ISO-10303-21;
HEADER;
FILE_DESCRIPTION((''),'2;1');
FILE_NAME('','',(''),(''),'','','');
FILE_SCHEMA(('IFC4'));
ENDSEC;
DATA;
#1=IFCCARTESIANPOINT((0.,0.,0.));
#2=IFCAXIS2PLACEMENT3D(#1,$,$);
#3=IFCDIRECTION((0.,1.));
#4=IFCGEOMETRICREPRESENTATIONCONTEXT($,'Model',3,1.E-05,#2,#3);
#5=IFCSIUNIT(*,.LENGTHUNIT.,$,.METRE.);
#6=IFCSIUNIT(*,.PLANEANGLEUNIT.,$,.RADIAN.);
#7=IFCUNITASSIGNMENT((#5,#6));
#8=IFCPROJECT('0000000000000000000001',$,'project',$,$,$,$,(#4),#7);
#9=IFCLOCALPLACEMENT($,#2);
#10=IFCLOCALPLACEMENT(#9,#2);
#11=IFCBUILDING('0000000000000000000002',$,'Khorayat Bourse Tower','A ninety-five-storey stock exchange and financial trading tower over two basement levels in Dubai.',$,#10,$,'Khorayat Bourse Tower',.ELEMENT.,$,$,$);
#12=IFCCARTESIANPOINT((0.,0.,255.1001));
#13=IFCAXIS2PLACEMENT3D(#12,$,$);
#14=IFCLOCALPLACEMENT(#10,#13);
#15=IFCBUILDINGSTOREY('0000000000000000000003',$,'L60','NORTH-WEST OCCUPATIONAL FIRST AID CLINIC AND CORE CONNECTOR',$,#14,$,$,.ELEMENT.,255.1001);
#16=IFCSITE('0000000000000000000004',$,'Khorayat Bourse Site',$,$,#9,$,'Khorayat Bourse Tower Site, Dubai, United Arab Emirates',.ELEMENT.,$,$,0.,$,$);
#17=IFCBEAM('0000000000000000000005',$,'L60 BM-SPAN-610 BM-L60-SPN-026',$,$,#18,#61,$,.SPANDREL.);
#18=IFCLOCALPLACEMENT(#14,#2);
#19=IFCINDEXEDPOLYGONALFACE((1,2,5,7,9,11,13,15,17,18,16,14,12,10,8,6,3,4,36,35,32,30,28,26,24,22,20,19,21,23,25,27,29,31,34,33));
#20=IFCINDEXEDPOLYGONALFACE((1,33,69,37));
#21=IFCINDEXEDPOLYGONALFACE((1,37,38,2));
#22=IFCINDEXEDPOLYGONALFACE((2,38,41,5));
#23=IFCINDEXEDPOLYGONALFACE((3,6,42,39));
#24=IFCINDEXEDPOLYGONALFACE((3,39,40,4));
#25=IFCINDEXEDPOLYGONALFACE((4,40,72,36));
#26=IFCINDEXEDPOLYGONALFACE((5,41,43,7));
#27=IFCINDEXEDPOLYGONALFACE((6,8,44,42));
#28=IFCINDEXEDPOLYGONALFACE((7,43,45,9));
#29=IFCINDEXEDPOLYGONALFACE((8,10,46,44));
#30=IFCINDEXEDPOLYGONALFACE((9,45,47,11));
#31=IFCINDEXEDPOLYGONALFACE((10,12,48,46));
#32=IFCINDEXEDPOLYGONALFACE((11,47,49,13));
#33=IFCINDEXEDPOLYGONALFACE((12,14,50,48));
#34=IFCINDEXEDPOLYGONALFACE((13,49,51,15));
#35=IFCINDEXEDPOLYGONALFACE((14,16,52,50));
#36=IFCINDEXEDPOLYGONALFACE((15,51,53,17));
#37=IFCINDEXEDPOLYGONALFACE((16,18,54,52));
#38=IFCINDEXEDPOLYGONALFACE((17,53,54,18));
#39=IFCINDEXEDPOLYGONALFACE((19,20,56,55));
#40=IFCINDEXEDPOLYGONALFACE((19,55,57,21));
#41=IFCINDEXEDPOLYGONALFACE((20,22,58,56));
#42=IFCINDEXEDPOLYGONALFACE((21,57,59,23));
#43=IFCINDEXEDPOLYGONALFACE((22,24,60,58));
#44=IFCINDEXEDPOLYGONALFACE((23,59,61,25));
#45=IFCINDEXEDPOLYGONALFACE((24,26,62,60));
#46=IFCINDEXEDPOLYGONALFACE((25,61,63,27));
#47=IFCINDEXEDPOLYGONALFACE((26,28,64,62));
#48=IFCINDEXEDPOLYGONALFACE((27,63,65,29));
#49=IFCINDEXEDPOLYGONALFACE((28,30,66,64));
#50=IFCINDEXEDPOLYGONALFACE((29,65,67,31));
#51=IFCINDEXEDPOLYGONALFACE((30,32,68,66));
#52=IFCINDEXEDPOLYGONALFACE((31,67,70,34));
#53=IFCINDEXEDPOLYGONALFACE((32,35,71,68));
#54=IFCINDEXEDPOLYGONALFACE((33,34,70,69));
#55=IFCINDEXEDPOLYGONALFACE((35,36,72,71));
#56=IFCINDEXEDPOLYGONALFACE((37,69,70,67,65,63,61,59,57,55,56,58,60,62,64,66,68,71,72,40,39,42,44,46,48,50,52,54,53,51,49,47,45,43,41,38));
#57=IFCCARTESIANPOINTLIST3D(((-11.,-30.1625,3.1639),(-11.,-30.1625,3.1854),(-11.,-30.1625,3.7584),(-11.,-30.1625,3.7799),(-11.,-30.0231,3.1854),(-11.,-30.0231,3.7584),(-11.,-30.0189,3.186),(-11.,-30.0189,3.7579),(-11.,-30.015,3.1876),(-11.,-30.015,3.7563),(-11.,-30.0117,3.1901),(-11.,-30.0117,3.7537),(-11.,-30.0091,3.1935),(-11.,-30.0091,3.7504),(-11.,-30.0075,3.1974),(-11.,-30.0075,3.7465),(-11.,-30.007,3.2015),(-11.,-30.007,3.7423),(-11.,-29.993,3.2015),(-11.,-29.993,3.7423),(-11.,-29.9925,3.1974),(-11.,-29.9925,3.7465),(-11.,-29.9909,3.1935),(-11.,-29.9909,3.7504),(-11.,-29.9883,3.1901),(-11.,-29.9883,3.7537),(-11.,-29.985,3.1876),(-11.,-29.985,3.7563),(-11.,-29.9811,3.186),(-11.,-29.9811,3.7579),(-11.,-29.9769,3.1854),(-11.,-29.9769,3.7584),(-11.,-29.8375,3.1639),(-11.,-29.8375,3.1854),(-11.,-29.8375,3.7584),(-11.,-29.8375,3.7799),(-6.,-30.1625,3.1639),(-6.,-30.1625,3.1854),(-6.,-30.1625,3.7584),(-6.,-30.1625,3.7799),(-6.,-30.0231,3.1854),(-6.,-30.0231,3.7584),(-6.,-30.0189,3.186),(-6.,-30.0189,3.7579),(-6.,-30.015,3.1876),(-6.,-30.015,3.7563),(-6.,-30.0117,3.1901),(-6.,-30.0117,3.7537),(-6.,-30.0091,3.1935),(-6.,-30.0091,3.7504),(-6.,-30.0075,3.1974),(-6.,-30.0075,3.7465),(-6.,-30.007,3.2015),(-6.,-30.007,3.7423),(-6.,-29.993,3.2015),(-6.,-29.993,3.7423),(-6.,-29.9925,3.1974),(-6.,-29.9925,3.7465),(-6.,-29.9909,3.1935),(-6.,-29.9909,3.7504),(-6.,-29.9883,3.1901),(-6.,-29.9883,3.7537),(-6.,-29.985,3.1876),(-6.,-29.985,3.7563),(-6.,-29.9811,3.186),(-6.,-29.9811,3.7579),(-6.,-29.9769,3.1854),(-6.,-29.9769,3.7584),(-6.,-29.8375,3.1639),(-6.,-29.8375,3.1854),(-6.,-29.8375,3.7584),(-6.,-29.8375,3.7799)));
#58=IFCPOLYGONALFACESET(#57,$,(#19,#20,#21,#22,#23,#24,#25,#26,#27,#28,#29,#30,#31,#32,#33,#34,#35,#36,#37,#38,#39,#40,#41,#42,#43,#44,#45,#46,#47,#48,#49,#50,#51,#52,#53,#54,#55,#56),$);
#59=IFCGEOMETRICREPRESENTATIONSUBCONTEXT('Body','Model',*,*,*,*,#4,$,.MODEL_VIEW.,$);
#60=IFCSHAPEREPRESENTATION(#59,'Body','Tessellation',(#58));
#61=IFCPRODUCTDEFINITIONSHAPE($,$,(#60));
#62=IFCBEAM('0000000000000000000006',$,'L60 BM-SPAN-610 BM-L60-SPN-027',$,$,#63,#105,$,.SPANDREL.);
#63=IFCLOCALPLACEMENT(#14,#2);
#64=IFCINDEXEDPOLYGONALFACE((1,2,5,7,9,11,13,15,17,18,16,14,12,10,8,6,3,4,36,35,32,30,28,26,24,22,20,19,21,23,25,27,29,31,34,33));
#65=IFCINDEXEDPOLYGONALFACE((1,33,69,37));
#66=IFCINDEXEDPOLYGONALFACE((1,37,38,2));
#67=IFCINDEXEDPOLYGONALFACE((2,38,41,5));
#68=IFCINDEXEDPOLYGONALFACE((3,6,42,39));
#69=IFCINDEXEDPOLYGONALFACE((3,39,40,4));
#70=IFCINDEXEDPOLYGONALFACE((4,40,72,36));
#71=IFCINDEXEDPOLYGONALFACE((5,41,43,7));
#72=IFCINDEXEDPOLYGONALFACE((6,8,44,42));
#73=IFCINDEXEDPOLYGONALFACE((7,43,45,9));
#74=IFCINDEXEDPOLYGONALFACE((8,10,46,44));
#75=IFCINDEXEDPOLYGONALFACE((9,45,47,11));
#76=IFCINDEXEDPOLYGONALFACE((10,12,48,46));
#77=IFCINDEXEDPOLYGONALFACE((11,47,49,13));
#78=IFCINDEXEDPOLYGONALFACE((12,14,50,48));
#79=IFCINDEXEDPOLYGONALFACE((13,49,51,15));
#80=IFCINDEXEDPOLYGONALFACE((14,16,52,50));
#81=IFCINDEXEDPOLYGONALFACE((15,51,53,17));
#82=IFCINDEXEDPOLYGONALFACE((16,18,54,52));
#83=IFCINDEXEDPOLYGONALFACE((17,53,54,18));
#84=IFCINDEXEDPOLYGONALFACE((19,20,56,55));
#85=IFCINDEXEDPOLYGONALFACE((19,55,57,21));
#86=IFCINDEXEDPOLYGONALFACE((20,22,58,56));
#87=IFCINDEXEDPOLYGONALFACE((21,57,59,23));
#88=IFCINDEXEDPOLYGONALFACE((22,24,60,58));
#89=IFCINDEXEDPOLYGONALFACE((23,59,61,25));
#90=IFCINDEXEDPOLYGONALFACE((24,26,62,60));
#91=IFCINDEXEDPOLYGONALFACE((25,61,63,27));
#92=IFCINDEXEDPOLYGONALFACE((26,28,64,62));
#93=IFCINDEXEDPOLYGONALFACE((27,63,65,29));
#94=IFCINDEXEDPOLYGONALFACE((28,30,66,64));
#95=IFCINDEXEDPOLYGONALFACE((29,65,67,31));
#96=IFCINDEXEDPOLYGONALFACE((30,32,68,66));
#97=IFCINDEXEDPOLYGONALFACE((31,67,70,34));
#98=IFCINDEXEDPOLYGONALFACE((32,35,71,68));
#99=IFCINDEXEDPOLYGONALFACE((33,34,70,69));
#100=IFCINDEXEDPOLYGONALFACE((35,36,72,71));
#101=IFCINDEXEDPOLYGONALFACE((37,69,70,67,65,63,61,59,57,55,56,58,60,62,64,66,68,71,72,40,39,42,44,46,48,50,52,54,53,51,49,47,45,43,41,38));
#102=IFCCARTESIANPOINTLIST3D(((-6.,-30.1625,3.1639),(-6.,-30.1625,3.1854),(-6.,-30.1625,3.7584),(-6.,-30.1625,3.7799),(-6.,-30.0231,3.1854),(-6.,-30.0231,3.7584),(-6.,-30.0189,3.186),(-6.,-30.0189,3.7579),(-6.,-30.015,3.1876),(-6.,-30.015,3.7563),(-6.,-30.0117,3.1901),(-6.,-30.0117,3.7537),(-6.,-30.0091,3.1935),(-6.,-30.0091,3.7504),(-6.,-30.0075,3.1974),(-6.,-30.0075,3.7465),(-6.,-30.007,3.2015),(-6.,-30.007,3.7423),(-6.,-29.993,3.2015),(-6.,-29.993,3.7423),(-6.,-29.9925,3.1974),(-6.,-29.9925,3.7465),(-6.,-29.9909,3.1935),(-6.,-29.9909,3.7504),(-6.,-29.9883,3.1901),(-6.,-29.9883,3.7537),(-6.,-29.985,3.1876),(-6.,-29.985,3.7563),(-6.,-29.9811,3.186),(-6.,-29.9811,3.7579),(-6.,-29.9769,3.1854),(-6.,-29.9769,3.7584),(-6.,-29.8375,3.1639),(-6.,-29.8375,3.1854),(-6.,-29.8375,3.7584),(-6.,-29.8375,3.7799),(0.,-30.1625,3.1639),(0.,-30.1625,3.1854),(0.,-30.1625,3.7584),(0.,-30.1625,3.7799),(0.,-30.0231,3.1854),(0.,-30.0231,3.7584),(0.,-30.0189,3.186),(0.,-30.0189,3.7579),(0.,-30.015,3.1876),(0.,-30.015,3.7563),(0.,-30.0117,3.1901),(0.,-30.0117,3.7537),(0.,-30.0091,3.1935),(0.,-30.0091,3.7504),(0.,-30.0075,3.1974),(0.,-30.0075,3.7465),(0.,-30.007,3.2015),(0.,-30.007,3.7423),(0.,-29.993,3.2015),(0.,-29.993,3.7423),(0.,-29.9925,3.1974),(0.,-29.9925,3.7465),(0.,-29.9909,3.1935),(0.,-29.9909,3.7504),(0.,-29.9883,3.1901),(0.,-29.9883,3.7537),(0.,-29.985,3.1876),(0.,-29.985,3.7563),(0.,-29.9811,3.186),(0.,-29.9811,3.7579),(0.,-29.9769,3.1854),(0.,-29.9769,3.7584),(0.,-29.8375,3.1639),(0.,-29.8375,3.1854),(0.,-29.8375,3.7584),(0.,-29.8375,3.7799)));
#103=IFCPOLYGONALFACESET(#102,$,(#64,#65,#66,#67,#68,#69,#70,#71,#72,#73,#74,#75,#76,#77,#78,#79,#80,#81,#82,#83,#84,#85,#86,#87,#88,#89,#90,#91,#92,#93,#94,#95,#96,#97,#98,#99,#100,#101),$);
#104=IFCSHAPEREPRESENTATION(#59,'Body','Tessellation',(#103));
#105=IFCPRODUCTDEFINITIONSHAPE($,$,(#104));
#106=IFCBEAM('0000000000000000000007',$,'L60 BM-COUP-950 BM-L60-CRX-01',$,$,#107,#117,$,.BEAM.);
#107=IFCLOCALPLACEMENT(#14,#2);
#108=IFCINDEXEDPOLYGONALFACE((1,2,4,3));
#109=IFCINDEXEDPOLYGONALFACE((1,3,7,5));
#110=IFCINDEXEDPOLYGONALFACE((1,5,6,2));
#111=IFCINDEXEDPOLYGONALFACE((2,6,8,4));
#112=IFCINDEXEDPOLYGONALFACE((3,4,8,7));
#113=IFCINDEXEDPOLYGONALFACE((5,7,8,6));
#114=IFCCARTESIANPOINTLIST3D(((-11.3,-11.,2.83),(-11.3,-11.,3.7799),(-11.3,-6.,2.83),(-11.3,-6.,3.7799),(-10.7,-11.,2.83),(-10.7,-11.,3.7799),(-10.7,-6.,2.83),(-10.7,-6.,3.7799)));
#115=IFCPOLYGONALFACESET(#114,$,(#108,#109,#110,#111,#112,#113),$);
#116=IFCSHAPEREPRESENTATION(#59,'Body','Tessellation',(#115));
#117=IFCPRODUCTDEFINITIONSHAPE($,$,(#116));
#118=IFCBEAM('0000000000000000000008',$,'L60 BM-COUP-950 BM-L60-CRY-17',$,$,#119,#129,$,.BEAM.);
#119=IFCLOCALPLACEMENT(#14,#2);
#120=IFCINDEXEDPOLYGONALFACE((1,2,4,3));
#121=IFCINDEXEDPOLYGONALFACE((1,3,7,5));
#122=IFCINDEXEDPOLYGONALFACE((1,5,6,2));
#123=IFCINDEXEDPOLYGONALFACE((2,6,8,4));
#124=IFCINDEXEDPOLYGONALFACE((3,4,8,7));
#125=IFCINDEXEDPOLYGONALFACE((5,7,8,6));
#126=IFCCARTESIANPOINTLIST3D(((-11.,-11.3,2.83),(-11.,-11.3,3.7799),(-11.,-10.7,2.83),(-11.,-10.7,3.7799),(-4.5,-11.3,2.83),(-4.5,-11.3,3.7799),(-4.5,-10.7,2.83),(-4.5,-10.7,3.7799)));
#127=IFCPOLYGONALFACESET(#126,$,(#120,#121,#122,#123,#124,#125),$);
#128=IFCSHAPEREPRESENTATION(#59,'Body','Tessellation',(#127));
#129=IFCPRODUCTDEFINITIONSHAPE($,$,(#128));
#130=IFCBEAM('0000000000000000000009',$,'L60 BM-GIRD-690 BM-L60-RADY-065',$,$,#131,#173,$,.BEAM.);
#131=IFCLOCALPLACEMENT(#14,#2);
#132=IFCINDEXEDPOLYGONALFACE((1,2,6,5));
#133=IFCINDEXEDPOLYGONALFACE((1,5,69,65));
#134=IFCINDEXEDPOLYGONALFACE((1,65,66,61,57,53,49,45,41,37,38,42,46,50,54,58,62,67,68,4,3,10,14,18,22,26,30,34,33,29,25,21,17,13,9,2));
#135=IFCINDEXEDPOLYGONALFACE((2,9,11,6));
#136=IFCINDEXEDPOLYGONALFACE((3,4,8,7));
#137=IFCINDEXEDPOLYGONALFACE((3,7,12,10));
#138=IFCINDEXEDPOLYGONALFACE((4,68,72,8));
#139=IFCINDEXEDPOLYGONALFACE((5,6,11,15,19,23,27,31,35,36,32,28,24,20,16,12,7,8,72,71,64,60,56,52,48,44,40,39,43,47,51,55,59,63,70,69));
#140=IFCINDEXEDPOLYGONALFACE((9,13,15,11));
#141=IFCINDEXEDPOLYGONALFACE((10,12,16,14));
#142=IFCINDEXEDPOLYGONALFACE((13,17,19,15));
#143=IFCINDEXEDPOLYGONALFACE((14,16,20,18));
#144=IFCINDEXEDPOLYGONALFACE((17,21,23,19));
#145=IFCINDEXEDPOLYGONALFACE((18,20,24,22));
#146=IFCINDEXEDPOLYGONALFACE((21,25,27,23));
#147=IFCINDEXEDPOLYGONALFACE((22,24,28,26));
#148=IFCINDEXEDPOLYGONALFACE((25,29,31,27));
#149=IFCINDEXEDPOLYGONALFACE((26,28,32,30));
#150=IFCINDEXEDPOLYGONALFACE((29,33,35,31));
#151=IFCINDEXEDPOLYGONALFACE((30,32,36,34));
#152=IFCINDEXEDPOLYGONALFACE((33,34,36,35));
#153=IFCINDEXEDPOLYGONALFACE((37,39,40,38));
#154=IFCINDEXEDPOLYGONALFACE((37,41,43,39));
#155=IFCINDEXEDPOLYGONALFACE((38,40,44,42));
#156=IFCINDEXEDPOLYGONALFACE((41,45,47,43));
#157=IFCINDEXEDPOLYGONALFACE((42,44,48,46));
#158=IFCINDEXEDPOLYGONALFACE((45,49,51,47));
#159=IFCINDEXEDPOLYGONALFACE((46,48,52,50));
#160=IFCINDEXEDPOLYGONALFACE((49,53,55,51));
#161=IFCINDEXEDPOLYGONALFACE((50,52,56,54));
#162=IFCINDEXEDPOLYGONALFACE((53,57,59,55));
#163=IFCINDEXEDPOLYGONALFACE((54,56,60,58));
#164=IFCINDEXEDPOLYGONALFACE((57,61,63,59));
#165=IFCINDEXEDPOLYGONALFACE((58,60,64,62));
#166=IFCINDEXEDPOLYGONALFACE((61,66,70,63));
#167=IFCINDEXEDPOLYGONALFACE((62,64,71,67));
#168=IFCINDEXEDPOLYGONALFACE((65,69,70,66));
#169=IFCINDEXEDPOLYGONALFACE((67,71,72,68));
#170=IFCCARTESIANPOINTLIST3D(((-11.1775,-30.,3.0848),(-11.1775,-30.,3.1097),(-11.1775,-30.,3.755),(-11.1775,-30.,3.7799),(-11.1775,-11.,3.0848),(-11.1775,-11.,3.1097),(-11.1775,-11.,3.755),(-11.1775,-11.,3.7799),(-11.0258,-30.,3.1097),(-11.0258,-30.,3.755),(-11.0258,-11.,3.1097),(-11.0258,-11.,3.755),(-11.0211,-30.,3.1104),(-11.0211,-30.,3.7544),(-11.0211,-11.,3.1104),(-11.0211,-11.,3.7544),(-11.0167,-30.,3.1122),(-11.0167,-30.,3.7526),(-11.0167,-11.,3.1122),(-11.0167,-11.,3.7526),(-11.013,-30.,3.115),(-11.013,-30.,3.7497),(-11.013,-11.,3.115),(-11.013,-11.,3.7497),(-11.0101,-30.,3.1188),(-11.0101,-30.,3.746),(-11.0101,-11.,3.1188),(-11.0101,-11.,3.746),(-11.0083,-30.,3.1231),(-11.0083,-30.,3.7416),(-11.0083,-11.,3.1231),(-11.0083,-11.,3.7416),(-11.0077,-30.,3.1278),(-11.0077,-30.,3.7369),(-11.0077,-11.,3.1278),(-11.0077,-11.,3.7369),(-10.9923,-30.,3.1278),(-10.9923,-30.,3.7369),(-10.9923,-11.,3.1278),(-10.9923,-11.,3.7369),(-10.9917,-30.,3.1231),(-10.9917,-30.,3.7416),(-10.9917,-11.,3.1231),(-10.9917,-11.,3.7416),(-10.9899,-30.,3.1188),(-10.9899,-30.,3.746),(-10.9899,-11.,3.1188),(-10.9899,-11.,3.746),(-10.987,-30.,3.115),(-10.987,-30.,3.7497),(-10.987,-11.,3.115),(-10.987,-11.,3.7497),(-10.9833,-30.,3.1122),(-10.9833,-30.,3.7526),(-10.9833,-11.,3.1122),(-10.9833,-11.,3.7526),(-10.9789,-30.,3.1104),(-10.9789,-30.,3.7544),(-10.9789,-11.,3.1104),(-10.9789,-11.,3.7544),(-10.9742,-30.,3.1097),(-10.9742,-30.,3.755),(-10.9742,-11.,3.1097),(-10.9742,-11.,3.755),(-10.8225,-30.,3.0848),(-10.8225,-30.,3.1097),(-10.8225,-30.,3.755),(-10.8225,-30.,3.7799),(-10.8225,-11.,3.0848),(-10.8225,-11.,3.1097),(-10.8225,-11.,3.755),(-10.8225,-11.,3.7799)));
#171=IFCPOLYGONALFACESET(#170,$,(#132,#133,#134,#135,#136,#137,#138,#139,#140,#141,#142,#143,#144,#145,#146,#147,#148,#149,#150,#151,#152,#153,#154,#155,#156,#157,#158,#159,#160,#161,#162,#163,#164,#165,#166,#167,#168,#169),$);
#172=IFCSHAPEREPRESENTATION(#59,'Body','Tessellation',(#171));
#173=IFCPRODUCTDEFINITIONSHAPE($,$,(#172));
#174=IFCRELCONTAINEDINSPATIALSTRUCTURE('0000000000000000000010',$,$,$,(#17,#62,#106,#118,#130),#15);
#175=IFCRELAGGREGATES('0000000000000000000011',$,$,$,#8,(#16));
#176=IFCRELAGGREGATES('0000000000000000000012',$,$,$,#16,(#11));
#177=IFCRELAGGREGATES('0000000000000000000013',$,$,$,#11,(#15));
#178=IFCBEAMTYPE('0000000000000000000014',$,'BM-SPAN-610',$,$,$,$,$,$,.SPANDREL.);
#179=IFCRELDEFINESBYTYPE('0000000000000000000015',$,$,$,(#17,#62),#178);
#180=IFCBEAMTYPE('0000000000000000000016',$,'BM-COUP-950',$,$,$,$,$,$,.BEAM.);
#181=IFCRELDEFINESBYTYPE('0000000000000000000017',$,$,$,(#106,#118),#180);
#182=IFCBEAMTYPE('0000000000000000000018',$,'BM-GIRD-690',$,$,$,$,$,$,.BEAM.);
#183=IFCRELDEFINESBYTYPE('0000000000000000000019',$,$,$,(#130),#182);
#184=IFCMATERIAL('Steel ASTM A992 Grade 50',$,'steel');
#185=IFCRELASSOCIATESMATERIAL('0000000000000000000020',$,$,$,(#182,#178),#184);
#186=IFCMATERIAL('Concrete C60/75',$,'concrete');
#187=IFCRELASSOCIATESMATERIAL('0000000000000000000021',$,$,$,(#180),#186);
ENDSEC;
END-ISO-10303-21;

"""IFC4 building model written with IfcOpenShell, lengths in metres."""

from ifc_helpers import new_model, si_unit, direction, frame, origin, origin_2d, place, context, subcontext, project, spatial, rectangle, i_section, extrude, source, transform, mapped, material, material_profile, profile_set, type_object, element, save


model = new_model("IFC4")

# Units and contexts
model_context = context("Model", 3, precision=1e-05, world=origin(), true_north=direction((0.0, 1.0)))
body_context = subcontext(model_context, "Body", "Model", "MODEL_VIEW")
ifc_project = project(units=[si_unit("LENGTHUNIT", "METRE"), si_unit("PLANEANGLEUNIT", "RADIAN")], contexts=[model_context])

# Site, building, storey
site_placement = place(None, origin())
site = spatial("IfcSite", under=ifc_project, at=site_placement, Name="Khorayat Bourse Site", LongName="Khorayat Bourse Tower Site, Dubai, United Arab Emirates", CompositionType="ELEMENT", RefElevation=0.0)
building_placement = place(site_placement, origin())
building = spatial("IfcBuilding", under=site, at=building_placement, Name="Khorayat Bourse Tower", Description="A ninety-five-storey stock exchange and financial trading tower over two basement levels in Dubai.", LongName="Khorayat Bourse Tower", CompositionType="ELEMENT")
storey_placement = place(building_placement, frame((0.0, 0.0, 255.1001)))
storey = spatial("IfcBuildingStorey", under=building, at=storey_placement, Name="L60", Description="NORTH-WEST OCCUPATIONAL FIRST AID CLINIC AND CORE CONNECTOR", CompositionType="ELEMENT", Elevation=255.1001)

# Shared definitions
ifc_material_1 = material(Name="Concrete C60/75", Category="concrete")

# Beams
ifc_material_2 = material(Name="Steel ASTM A992 Grade 50", Category="steel")
ifc_material_profile_1 = material_profile(ifc_material_2, i_section(OverallWidth=0.355, OverallDepth=0.6951, WebThickness=0.0154, FlangeThickness=0.0249, FilletRadius=0.0181, at=origin_2d()), Name="W690X217")
ifc_profile_set_1 = profile_set([ifc_material_profile_1], Name="Steel ASTM A992 Grade 50")
beam_type_1 = type_object("IfcBeamType", Name="BM-GIRD-690", PredefinedType="BEAM", material=ifc_profile_set_1)
ifc_material_profile_2 = material_profile(ifc_material_2, i_section(OverallWidth=0.325, OverallDepth=0.616, WebThickness=0.0139, FlangeThickness=0.0215, FilletRadius=0.0161, at=origin_2d()), Name="W610X174")
ifc_profile_set_2 = profile_set([ifc_material_profile_2], Name="Steel ASTM A992 Grade 50")
beam_type_2 = type_object("IfcBeamType", Name="BM-SPAN-610", PredefinedType="SPANDREL", material=ifc_profile_set_2)
shared_shape_1 = source(origin(), body_context, "Body", "SweptSolid", [
    extrude(i_section(OverallWidth=0.325, OverallDepth=0.616, WebThickness=0.0139, FlangeThickness=0.0215, FilletRadius=0.0161, at=origin_2d()), origin(), (0.0, 0.0, 1.0), 5.0),
])
beam_1_placement = place(storey_placement, frame((-11.0, -30.0, 3.4719), z_axis=(1.0, 0.0, 0.0), x_axis=(0.0, 1.0, 0.0)))
element("IfcBeam", 1, at=beam_1_placement, inside=storey, type_object=beam_type_2, Name="L60 BM-SPAN-610 BM-L60-SPN-026", PredefinedType="SPANDREL", context=body_context, shape_type="MappedRepresentation", body=[
    mapped(shared_shape_1, transform((0.0, 0.0, 0.0), scale=1.0)),
])
shared_shape_2 = source(origin(), body_context, "Body", "SweptSolid", [
    extrude(i_section(OverallWidth=0.325, OverallDepth=0.616, WebThickness=0.0139, FlangeThickness=0.0215, FilletRadius=0.0161, at=origin_2d()), origin(), (0.0, 0.0, 1.0), 6.0),
])
beam_2_placement = place(storey_placement, frame((-6.0, -30.0, 3.4719), z_axis=(1.0, 0.0, 0.0), x_axis=(0.0, 1.0, 0.0)))
element("IfcBeam", 2, at=beam_2_placement, inside=storey, type_object=beam_type_2, Name="L60 BM-SPAN-610 BM-L60-SPN-027", PredefinedType="SPANDREL", context=body_context, shape_type="MappedRepresentation", body=[
    mapped(shared_shape_2, transform((0.0, 0.0, 0.0), scale=1.0)),
])
ifc_material_profile_3 = material_profile(ifc_material_1, rectangle(XDim=0.6001, YDim=0.95, at=origin_2d()), Name="RC 600x950")
ifc_profile_set_3 = profile_set([ifc_material_profile_3], Name="Concrete C60/75")
beam_type_3 = type_object("IfcBeamType", Name="BM-COUP-950", PredefinedType="BEAM", material=ifc_profile_set_3)
shared_shape_3 = source(origin(), body_context, "Body", "SweptSolid", [
    extrude(rectangle(XDim=0.6001, YDim=0.95, at=origin_2d()), origin(), (0.0, 0.0, 1.0), 5.0),
])
beam_3_placement = place(storey_placement, frame((-11.0, -11.0, 3.3049), z_axis=(0.0, 1.0, 0.0), x_axis=(-1.0, 0.0, 0.0)))
element("IfcBeam", 3, at=beam_3_placement, inside=storey, type_object=beam_type_3, Name="L60 BM-COUP-950 BM-L60-CRX-01", PredefinedType="BEAM", context=body_context, shape_type="MappedRepresentation", body=[
    mapped(shared_shape_3, transform((0.0, 0.0, 0.0), scale=1.0)),
])
shared_shape_4 = source(origin(), body_context, "Body", "SweptSolid", [
    extrude(rectangle(XDim=0.6001, YDim=0.95, at=origin_2d()), origin(), (0.0, 0.0, 1.0), 6.5),
])
beam_4_placement = place(storey_placement, frame((-11.0, -11.0, 3.3049), z_axis=(1.0, 0.0, 0.0), x_axis=(0.0, 1.0, 0.0)))
element("IfcBeam", 4, at=beam_4_placement, inside=storey, type_object=beam_type_3, Name="L60 BM-COUP-950 BM-L60-CRY-17", PredefinedType="BEAM", context=body_context, shape_type="MappedRepresentation", body=[
    mapped(shared_shape_4, transform((0.0, 0.0, 0.0), scale=1.0)),
])
shared_shape_5 = source(origin(), body_context, "Body", "SweptSolid", [
    extrude(i_section(OverallWidth=0.355, OverallDepth=0.6951, WebThickness=0.0154, FlangeThickness=0.0249, FilletRadius=0.0181, at=origin_2d()), origin(), (0.0, 0.0, 1.0), 19.0),
])
for number, where, z_axis, x_axis, name in (
    (5, (-11.0, -30.0, 3.4324), (0.0, 1.0, 0.0), (-1.0, 0.0, 0.0), "L60 BM-GIRD-690 BM-L60-RADY-065"),
):
    element("IfcBeam", number, at=place(storey_placement, frame(where, z_axis=z_axis, x_axis=x_axis)), inside=storey, type_object=beam_type_1, Name=name, PredefinedType="BEAM", context=body_context, shape_type="MappedRepresentation", body=[
        mapped(shared_shape_5, transform((0.0, 0.0, 0.0), scale=1.0)),
    ])

save(model, "model.ifc")
